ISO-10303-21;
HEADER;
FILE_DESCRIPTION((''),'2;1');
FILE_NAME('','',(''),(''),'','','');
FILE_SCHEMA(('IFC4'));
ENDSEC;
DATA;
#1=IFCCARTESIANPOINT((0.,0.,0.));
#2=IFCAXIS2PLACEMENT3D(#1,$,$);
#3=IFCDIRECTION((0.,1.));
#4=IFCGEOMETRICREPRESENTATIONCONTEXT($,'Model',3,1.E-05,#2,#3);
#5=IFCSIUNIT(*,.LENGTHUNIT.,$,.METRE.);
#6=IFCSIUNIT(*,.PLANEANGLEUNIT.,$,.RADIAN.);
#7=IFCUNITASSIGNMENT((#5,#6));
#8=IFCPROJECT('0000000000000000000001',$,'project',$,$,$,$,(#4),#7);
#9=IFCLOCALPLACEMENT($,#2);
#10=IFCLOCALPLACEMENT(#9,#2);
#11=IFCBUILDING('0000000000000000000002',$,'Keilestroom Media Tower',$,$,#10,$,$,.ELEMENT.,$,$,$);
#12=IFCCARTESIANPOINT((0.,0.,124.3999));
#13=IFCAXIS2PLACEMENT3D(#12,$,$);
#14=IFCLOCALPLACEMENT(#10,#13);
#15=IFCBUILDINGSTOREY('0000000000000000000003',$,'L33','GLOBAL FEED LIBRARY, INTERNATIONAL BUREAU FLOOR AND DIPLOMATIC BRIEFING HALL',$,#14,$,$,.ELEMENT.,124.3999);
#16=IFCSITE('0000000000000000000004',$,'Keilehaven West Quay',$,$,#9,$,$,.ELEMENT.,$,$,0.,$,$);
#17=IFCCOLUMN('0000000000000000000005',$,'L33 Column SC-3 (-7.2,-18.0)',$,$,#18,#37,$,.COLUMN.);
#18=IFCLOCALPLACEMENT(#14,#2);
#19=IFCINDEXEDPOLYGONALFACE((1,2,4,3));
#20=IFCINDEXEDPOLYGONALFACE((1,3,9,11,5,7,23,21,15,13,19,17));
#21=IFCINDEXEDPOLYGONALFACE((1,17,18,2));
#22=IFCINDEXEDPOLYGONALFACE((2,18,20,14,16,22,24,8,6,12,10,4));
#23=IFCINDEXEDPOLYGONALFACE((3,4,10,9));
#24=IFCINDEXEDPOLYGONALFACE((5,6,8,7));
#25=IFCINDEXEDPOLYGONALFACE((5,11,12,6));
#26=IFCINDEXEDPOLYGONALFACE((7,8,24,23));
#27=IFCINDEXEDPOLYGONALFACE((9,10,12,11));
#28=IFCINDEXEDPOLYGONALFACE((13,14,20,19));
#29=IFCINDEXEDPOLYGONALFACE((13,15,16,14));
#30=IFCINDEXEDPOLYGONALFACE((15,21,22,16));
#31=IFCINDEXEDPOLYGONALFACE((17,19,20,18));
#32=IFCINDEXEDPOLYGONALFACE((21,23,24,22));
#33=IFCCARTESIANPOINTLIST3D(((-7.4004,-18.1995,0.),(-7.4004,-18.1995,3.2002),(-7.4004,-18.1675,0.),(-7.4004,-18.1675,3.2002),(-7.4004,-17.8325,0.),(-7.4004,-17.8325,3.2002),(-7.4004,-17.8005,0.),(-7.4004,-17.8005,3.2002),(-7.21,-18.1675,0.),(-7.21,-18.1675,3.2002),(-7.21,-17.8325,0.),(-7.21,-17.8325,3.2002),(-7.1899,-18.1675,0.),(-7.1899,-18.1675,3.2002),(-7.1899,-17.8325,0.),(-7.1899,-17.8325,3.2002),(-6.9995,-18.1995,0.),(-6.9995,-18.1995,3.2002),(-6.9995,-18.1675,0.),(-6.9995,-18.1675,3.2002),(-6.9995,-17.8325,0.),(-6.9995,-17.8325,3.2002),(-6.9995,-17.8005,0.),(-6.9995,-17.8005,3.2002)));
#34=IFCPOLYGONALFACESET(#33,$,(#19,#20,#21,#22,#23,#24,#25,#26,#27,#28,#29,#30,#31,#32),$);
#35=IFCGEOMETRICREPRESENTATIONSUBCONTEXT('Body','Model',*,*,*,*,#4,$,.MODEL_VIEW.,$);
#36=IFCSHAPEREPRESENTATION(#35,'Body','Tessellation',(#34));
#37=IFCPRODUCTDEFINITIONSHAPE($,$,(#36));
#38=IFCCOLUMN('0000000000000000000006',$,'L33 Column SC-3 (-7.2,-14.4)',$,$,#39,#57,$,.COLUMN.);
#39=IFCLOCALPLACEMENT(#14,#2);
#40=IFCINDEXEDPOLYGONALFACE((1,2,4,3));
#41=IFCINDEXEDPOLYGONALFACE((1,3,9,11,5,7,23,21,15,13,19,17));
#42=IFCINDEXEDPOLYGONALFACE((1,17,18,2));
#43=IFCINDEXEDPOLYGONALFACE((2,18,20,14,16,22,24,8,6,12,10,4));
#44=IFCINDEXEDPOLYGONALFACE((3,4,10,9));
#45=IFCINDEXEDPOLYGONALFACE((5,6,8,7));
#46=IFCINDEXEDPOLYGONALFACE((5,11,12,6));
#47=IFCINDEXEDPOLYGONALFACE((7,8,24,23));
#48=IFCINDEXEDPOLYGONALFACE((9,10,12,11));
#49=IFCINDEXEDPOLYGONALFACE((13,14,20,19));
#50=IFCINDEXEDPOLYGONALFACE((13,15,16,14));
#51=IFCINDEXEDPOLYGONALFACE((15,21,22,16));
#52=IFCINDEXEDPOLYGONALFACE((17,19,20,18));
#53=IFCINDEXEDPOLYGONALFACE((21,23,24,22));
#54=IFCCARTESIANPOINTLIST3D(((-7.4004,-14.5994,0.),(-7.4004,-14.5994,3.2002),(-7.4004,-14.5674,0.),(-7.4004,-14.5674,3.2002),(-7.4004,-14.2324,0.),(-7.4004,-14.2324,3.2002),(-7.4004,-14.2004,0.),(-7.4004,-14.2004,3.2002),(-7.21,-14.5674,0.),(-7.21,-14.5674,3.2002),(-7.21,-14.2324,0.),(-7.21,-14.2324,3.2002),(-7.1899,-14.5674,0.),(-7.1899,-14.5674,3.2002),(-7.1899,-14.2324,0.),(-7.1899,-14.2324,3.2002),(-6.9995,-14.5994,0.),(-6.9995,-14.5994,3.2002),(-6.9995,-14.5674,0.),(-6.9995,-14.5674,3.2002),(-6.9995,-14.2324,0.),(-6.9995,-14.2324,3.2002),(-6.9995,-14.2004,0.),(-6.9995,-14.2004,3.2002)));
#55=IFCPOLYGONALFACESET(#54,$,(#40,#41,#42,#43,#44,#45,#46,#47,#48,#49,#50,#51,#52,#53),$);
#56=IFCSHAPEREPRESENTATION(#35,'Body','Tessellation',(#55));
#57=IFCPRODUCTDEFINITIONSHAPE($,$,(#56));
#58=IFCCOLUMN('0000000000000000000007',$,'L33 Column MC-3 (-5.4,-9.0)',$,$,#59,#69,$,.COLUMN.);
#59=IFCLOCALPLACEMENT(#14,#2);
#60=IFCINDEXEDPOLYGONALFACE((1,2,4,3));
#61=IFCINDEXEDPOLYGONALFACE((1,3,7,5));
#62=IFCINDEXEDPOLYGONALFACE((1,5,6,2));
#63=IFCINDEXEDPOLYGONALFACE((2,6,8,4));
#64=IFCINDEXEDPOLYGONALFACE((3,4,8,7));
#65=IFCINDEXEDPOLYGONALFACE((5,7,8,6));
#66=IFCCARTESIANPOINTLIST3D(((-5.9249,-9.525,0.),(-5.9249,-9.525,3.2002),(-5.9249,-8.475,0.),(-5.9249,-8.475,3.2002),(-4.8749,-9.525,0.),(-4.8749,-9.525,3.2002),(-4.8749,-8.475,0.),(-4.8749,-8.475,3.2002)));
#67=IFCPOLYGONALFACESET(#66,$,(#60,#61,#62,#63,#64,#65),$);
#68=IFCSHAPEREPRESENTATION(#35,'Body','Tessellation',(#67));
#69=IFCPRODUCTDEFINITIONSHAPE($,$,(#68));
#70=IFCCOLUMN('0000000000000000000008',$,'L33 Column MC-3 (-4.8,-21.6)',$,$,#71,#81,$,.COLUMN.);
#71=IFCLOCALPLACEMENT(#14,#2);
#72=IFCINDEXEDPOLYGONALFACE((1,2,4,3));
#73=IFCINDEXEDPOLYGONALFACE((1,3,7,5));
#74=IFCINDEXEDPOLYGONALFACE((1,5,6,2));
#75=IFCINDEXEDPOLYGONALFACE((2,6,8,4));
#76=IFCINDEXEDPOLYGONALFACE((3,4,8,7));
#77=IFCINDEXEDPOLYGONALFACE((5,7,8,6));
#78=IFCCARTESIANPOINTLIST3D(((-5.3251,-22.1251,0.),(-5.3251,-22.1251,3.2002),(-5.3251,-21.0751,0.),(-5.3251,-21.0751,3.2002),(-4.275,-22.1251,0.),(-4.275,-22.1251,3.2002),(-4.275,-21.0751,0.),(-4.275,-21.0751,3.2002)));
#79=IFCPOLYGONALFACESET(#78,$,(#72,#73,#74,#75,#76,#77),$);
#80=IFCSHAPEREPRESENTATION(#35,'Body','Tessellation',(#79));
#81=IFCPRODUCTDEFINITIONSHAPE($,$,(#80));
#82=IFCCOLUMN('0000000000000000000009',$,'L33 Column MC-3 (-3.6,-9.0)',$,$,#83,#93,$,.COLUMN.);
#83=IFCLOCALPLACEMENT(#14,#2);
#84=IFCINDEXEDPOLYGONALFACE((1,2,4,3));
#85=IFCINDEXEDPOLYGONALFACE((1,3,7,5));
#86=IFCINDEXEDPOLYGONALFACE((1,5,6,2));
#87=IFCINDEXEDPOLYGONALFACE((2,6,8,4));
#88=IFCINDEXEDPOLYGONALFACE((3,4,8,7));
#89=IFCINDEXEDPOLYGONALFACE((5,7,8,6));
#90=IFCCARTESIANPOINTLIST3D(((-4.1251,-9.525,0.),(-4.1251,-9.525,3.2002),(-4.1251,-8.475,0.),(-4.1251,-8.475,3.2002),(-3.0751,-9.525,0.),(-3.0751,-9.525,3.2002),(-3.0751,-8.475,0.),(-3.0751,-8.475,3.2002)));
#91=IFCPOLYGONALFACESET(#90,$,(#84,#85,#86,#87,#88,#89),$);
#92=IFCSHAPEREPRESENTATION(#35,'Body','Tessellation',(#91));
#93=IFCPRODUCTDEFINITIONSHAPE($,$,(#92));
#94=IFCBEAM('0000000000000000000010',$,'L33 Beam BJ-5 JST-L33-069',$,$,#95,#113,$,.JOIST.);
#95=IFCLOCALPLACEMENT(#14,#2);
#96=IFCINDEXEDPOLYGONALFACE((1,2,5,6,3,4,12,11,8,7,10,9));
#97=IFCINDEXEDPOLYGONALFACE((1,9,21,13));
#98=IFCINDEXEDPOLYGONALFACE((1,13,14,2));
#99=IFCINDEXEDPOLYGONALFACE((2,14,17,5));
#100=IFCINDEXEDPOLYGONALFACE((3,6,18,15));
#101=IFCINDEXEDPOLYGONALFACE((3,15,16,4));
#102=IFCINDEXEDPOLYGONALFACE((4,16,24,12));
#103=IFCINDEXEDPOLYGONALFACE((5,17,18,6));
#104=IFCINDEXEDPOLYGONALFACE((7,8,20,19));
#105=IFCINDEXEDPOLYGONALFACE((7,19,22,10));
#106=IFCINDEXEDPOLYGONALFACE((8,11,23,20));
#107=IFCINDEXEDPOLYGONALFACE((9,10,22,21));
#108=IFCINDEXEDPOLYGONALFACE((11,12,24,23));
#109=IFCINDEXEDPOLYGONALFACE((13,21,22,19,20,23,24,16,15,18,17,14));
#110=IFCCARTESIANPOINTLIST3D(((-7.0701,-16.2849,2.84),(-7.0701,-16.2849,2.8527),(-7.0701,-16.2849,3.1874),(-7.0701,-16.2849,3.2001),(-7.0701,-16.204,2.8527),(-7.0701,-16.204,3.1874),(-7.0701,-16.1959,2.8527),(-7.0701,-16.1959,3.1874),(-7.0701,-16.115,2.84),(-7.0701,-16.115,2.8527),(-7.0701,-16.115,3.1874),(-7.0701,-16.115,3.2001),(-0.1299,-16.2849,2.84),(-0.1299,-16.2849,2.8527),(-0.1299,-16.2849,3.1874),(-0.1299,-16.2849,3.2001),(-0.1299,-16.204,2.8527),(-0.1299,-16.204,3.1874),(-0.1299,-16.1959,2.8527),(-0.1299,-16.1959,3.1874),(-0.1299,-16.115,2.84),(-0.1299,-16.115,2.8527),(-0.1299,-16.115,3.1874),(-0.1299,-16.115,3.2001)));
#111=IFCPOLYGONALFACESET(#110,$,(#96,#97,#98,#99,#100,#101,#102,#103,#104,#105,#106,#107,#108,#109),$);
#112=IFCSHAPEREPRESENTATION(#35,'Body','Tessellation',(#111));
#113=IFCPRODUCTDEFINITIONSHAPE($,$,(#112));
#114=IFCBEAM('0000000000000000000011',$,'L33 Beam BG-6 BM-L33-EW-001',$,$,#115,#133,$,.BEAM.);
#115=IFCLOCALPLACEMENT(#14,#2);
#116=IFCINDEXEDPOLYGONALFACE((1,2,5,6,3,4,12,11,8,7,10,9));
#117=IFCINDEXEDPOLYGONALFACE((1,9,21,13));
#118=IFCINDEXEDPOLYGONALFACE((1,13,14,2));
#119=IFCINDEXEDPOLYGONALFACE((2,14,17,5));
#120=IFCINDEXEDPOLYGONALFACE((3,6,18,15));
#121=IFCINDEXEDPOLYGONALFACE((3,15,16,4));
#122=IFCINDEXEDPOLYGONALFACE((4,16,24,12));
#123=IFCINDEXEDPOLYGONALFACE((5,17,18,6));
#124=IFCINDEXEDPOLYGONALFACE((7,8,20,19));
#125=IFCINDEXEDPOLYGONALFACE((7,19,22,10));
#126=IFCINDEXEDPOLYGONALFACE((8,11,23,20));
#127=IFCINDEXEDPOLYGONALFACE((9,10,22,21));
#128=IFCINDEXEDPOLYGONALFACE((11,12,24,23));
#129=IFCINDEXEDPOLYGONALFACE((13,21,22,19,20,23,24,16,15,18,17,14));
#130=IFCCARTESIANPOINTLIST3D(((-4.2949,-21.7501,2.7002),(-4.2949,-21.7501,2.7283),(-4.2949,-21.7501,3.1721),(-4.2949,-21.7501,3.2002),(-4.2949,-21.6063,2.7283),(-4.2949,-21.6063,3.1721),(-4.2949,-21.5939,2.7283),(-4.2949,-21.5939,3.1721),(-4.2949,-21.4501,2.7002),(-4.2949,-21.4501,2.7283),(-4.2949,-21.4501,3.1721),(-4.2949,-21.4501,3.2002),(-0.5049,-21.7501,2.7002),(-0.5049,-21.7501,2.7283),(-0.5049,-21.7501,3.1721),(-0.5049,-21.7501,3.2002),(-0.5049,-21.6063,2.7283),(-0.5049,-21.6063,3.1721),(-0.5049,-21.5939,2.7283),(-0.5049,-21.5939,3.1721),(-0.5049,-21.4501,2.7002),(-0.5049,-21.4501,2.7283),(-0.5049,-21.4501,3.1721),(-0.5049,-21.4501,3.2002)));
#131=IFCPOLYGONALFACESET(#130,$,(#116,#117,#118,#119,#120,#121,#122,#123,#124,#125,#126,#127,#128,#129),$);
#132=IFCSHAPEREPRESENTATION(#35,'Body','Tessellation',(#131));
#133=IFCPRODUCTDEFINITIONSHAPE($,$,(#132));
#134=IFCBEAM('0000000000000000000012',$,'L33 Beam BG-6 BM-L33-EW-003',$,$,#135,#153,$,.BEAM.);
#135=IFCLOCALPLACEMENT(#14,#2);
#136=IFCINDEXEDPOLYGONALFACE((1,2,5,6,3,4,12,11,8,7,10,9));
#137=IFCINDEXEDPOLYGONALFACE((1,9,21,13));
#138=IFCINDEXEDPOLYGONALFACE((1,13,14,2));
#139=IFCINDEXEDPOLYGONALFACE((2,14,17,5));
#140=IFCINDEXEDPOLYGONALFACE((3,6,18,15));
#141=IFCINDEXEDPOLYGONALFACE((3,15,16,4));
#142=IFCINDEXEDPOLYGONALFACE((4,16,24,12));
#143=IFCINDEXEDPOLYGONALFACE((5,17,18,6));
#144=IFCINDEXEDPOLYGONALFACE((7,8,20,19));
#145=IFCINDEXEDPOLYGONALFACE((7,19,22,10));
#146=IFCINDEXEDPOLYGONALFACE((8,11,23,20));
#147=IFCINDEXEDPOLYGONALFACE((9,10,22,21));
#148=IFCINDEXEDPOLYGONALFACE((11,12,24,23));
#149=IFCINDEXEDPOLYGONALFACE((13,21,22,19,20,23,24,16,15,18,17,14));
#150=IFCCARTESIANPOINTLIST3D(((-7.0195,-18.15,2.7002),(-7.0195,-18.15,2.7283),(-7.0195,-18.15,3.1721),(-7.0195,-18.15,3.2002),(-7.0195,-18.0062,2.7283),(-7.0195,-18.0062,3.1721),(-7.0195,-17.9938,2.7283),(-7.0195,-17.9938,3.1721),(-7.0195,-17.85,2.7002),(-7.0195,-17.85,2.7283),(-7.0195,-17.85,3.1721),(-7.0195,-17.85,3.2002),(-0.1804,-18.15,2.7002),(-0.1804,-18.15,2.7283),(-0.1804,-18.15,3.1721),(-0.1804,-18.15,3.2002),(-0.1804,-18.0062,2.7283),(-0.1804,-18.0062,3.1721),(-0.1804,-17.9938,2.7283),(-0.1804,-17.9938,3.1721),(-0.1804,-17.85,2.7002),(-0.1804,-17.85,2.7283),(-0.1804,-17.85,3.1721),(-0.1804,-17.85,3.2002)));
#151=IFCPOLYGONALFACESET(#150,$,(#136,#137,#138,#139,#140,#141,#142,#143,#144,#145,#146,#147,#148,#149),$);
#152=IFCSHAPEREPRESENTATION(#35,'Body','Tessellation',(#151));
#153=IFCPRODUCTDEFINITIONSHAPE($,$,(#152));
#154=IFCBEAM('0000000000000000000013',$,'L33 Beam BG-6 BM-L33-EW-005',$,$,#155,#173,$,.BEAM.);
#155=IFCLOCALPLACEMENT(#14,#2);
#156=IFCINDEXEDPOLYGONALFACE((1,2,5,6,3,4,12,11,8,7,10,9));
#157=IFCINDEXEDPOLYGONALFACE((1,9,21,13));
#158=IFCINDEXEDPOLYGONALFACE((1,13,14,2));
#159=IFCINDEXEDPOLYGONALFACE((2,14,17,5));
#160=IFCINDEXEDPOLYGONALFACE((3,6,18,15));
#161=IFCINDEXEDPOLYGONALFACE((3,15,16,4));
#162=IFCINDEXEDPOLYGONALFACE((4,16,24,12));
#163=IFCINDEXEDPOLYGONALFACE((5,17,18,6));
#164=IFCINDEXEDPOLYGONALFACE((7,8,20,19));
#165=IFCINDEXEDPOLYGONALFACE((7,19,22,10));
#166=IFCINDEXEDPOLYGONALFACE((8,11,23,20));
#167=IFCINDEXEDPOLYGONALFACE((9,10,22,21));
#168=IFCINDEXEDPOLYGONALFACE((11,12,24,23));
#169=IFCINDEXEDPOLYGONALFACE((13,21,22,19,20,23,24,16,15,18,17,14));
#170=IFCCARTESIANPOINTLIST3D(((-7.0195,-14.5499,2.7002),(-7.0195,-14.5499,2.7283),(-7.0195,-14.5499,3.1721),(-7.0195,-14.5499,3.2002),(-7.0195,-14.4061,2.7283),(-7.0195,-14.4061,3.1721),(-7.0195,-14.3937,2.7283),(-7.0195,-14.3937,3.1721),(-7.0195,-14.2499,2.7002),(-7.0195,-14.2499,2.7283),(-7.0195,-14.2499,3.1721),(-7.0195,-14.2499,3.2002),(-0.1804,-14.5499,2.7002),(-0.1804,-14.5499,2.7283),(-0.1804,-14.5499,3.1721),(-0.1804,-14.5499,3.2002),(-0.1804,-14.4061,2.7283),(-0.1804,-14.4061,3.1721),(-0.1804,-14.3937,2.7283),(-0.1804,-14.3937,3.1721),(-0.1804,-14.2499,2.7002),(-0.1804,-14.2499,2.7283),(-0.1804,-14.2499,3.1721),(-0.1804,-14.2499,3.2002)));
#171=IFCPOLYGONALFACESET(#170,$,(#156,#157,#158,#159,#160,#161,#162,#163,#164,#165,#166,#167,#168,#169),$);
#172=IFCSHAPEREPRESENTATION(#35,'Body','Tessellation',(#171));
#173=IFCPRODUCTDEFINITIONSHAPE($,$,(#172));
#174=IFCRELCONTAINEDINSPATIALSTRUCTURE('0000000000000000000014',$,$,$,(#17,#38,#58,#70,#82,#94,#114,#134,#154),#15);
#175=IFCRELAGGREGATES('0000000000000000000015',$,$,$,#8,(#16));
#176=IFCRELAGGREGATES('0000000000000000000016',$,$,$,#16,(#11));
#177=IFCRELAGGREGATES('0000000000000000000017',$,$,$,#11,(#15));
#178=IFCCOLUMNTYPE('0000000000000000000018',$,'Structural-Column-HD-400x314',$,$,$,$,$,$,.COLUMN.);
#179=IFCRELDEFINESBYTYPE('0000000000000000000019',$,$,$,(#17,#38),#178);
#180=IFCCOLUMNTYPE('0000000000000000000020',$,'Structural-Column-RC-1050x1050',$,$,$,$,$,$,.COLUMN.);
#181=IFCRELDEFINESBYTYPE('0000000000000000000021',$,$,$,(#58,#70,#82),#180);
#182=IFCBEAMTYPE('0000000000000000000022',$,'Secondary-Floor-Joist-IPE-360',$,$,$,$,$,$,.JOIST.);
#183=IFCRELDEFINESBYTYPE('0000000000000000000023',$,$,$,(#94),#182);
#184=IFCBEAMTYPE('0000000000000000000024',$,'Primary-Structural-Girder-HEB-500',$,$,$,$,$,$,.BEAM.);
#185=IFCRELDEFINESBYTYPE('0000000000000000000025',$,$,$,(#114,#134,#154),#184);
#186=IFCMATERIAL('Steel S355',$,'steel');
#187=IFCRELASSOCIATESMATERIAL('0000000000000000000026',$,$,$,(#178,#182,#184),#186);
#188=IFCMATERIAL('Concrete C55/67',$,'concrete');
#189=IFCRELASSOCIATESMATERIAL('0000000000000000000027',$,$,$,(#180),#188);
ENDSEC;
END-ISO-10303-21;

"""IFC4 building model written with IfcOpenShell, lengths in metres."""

from ifc_helpers import new_model, si_unit, direction, frame, origin, origin_2d, place, context, subcontext, project, spatial, rectangle, i_section, extrude, source, transform, mapped, material, material_profile, profile_set, type_object, element, save


model = new_model("IFC4")

# Units and contexts
model_context = context("Model", 3, precision=1e-05, world=origin(), true_north=direction((0.0, 1.0)))
body_context = subcontext(model_context, "Body", "Model", "MODEL_VIEW")
ifc_project = project(units=[si_unit("LENGTHUNIT", "METRE"), si_unit("PLANEANGLEUNIT", "RADIAN")], contexts=[model_context])

# Site, building, storey
site_placement = place(None, origin())
site = spatial("IfcSite", under=ifc_project, at=site_placement, Name="Keilehaven West Quay", CompositionType="ELEMENT", RefElevation=0.0)
building_placement = place(site_placement, origin())
building = spatial("IfcBuilding", under=site, at=building_placement, Name="Keilestroom Media Tower", CompositionType="ELEMENT")
storey_placement = place(building_placement, frame((0.0, 0.0, 124.3999)))
storey = spatial("IfcBuildingStorey", under=building, at=storey_placement, Name="L33", Description="GLOBAL FEED LIBRARY, INTERNATIONAL BUREAU FLOOR AND DIPLOMATIC BRIEFING HALL", CompositionType="ELEMENT", Elevation=124.3999)

# Columns
ifc_material_1 = material(Name="Steel S355", Category="steel")
ifc_material_profile_1 = material_profile(ifc_material_1, i_section(OverallWidth=0.4009, OverallDepth=0.3989, WebThickness=0.02, FlangeThickness=0.032, at=origin_2d()), Name="HD 400x314")
ifc_profile_set_1 = profile_set([ifc_material_profile_1], Name="Steel S355")
column_type_1 = type_object("IfcColumnType", Name="Structural-Column-HD-400x314", PredefinedType="COLUMN", material=ifc_profile_set_1)
shared_shape_1 = source(origin(), body_context, "Body", "SweptSolid", [
    extrude(i_section(OverallWidth=0.4009, OverallDepth=0.3989, WebThickness=0.02, FlangeThickness=0.032, at=origin_2d()), origin(), (0.0, 0.0, 1.0), 3.2002),
])
for number, where, z_axis, x_axis, name in (
    (1, (-7.2, -18.0, 0.0), (0.0, 0.0, 1.0), (1.0, 0.0, 0.0), "L33 Column SC-3 (-7.2,-18.0)"),
    (2, (-7.2, -14.3999, 0.0), (0.0, 0.0, 1.0), (1.0, 0.0, 0.0), "L33 Column SC-3 (-7.2,-14.4)"),
):
    element("IfcColumn", number, at=place(storey_placement, frame(where, z_axis=z_axis, x_axis=x_axis)), inside=storey, type_object=column_type_1, Name=name, PredefinedType="COLUMN", context=body_context, shape_type="MappedRepresentation", body=[
        mapped(shared_shape_1, transform((0.0, 0.0, 0.0), x_axis=(1.0, 0.0, 0.0), y_axis=(0.0, 1.0, 0.0), z_axis=(0.0, 0.0, 1.0), scale=1.0)),
    ])
ifc_material_2 = material(Name="Concrete C55/67", Category="concrete")
ifc_material_profile_2 = material_profile(ifc_material_2, rectangle(XDim=1.05, YDim=1.05, at=origin_2d()), Name="RC 1050x1050")
ifc_profile_set_2 = profile_set([ifc_material_profile_2], Name="Concrete C55/67")
column_type_2 = type_object("IfcColumnType", Name="Structural-Column-RC-1050x1050", PredefinedType="COLUMN", material=ifc_profile_set_2)
shared_shape_2 = source(origin(), body_context, "Body", "SweptSolid", [
    extrude(rectangle(XDim=1.05, YDim=1.05, at=origin_2d()), origin(), (0.0, 0.0, 1.0), 3.2002),
])
for number, where, z_axis, x_axis, name in (
    (3, (-5.3999, -9.0, 0.0), (0.0, 0.0, 1.0), (1.0, 0.0, 0.0), "L33 Column MC-3 (-5.4,-9.0)"),
    (4, (-4.8, -21.6001, 0.0), (0.0, 0.0, 1.0), (1.0, 0.0, 0.0), "L33 Column MC-3 (-4.8,-21.6)"),
    (5, (-3.6001, -9.0, 0.0), (0.0, 0.0, 1.0), (1.0, 0.0, 0.0), "L33 Column MC-3 (-3.6,-9.0)"),
):
    element("IfcColumn", number, at=place(storey_placement, frame(where, z_axis=z_axis, x_axis=x_axis)), inside=storey, type_object=column_type_2, Name=name, PredefinedType="COLUMN", context=body_context, shape_type="MappedRepresentation", body=[
        mapped(shared_shape_2, transform((0.0, 0.0, 0.0), x_axis=(1.0, 0.0, 0.0), y_axis=(0.0, 1.0, 0.0), z_axis=(0.0, 0.0, 1.0), scale=1.0)),
    ])

# Beams
ifc_material_profile_3 = material_profile(ifc_material_1, i_section(OverallWidth=0.1699, OverallDepth=0.3601, WebThickness=0.0081, FlangeThickness=0.0127, at=origin_2d()), Name="IPE 360")
ifc_profile_set_3 = profile_set([ifc_material_profile_3], Name="Steel S355")
beam_type_1 = type_object("IfcBeamType", Name="Secondary-Floor-Joist-IPE-360", PredefinedType="JOIST", material=ifc_profile_set_3)
shared_shape_3 = source(origin(), body_context, "Body", "SweptSolid", [
    extrude(i_section(OverallWidth=0.1699, OverallDepth=0.3601, WebThickness=0.0081, FlangeThickness=0.0127, at=origin_2d()), origin(), (0.0, 0.0, 1.0), 6.9402),
])
beam_1_placement = place(storey_placement, frame((-7.0701, -16.2, 3.02), z_axis=(1.0, 0.0, 0.0), x_axis=(0.0, 1.0, 0.0)))
element("IfcBeam", 6, at=beam_1_placement, inside=storey, type_object=beam_type_1, Name="L33 Beam BJ-5 JST-L33-069", PredefinedType="JOIST", context=body_context, shape_type="MappedRepresentation", body=[
    mapped(shared_shape_3, transform((0.0, 0.0, 0.0), x_axis=(1.0, 0.0, 0.0), y_axis=(0.0, 1.0, 0.0), z_axis=(0.0, 0.0, 1.0), scale=1.0)),
])
ifc_material_profile_4 = material_profile(ifc_material_1, i_section(OverallWidth=0.3, OverallDepth=0.5, WebThickness=0.0125, FlangeThickness=0.0281, at=origin_2d()), Name="HEB 500")
ifc_profile_set_4 = profile_set([ifc_material_profile_4], Name="Steel S355")
beam_type_2 = type_object("IfcBeamType", Name="Primary-Structural-Girder-HEB-500", PredefinedType="BEAM", material=ifc_profile_set_4)
shared_shape_4 = source(origin(), body_context, "Body", "SweptSolid", [
    extrude(i_section(OverallWidth=0.3, OverallDepth=0.5, WebThickness=0.0125, FlangeThickness=0.0281, at=origin_2d()), origin(), (0.0, 0.0, 1.0), 3.79),
])
beam_2_placement = place(storey_placement, frame((-4.2949, -21.6001, 2.9502), z_axis=(1.0, 0.0, 0.0), x_axis=(0.0, 1.0, 0.0)))
element("IfcBeam", 7, at=beam_2_placement, inside=storey, type_object=beam_type_2, Name="L33 Beam BG-6 BM-L33-EW-001", PredefinedType="BEAM", context=body_context, shape_type="MappedRepresentation", body=[
    mapped(shared_shape_4, transform((0.0, 0.0, 0.0), x_axis=(1.0, 0.0, 0.0), y_axis=(0.0, 1.0, 0.0), z_axis=(0.0, 0.0, 1.0), scale=1.0)),
])
shared_shape_5 = source(origin(), body_context, "Body", "SweptSolid", [
    extrude(i_section(OverallWidth=0.3, OverallDepth=0.5, WebThickness=0.0125, FlangeThickness=0.0281, at=origin_2d()), origin(), (0.0, 0.0, 1.0), 6.8391),
])
for number, where, z_axis, x_axis, name in (
    (8, (-7.0195, -18.0, 2.9502), (1.0, 0.0, 0.0), (0.0, 1.0, 0.0), "L33 Beam BG-6 BM-L33-EW-003"),
    (9, (-7.0195, -14.3999, 2.9502), (1.0, 0.0, 0.0), (0.0, 1.0, 0.0), "L33 Beam BG-6 BM-L33-EW-005"),
):
    element("IfcBeam", number, at=place(storey_placement, frame(where, z_axis=z_axis, x_axis=x_axis)), inside=storey, type_object=beam_type_2, Name=name, PredefinedType="BEAM", context=body_context, shape_type="MappedRepresentation", body=[
        mapped(shared_shape_5, transform((0.0, 0.0, 0.0), x_axis=(1.0, 0.0, 0.0), y_axis=(0.0, 1.0, 0.0), z_axis=(0.0, 0.0, 1.0), scale=1.0)),
    ])

save(model, "model.ifc")
